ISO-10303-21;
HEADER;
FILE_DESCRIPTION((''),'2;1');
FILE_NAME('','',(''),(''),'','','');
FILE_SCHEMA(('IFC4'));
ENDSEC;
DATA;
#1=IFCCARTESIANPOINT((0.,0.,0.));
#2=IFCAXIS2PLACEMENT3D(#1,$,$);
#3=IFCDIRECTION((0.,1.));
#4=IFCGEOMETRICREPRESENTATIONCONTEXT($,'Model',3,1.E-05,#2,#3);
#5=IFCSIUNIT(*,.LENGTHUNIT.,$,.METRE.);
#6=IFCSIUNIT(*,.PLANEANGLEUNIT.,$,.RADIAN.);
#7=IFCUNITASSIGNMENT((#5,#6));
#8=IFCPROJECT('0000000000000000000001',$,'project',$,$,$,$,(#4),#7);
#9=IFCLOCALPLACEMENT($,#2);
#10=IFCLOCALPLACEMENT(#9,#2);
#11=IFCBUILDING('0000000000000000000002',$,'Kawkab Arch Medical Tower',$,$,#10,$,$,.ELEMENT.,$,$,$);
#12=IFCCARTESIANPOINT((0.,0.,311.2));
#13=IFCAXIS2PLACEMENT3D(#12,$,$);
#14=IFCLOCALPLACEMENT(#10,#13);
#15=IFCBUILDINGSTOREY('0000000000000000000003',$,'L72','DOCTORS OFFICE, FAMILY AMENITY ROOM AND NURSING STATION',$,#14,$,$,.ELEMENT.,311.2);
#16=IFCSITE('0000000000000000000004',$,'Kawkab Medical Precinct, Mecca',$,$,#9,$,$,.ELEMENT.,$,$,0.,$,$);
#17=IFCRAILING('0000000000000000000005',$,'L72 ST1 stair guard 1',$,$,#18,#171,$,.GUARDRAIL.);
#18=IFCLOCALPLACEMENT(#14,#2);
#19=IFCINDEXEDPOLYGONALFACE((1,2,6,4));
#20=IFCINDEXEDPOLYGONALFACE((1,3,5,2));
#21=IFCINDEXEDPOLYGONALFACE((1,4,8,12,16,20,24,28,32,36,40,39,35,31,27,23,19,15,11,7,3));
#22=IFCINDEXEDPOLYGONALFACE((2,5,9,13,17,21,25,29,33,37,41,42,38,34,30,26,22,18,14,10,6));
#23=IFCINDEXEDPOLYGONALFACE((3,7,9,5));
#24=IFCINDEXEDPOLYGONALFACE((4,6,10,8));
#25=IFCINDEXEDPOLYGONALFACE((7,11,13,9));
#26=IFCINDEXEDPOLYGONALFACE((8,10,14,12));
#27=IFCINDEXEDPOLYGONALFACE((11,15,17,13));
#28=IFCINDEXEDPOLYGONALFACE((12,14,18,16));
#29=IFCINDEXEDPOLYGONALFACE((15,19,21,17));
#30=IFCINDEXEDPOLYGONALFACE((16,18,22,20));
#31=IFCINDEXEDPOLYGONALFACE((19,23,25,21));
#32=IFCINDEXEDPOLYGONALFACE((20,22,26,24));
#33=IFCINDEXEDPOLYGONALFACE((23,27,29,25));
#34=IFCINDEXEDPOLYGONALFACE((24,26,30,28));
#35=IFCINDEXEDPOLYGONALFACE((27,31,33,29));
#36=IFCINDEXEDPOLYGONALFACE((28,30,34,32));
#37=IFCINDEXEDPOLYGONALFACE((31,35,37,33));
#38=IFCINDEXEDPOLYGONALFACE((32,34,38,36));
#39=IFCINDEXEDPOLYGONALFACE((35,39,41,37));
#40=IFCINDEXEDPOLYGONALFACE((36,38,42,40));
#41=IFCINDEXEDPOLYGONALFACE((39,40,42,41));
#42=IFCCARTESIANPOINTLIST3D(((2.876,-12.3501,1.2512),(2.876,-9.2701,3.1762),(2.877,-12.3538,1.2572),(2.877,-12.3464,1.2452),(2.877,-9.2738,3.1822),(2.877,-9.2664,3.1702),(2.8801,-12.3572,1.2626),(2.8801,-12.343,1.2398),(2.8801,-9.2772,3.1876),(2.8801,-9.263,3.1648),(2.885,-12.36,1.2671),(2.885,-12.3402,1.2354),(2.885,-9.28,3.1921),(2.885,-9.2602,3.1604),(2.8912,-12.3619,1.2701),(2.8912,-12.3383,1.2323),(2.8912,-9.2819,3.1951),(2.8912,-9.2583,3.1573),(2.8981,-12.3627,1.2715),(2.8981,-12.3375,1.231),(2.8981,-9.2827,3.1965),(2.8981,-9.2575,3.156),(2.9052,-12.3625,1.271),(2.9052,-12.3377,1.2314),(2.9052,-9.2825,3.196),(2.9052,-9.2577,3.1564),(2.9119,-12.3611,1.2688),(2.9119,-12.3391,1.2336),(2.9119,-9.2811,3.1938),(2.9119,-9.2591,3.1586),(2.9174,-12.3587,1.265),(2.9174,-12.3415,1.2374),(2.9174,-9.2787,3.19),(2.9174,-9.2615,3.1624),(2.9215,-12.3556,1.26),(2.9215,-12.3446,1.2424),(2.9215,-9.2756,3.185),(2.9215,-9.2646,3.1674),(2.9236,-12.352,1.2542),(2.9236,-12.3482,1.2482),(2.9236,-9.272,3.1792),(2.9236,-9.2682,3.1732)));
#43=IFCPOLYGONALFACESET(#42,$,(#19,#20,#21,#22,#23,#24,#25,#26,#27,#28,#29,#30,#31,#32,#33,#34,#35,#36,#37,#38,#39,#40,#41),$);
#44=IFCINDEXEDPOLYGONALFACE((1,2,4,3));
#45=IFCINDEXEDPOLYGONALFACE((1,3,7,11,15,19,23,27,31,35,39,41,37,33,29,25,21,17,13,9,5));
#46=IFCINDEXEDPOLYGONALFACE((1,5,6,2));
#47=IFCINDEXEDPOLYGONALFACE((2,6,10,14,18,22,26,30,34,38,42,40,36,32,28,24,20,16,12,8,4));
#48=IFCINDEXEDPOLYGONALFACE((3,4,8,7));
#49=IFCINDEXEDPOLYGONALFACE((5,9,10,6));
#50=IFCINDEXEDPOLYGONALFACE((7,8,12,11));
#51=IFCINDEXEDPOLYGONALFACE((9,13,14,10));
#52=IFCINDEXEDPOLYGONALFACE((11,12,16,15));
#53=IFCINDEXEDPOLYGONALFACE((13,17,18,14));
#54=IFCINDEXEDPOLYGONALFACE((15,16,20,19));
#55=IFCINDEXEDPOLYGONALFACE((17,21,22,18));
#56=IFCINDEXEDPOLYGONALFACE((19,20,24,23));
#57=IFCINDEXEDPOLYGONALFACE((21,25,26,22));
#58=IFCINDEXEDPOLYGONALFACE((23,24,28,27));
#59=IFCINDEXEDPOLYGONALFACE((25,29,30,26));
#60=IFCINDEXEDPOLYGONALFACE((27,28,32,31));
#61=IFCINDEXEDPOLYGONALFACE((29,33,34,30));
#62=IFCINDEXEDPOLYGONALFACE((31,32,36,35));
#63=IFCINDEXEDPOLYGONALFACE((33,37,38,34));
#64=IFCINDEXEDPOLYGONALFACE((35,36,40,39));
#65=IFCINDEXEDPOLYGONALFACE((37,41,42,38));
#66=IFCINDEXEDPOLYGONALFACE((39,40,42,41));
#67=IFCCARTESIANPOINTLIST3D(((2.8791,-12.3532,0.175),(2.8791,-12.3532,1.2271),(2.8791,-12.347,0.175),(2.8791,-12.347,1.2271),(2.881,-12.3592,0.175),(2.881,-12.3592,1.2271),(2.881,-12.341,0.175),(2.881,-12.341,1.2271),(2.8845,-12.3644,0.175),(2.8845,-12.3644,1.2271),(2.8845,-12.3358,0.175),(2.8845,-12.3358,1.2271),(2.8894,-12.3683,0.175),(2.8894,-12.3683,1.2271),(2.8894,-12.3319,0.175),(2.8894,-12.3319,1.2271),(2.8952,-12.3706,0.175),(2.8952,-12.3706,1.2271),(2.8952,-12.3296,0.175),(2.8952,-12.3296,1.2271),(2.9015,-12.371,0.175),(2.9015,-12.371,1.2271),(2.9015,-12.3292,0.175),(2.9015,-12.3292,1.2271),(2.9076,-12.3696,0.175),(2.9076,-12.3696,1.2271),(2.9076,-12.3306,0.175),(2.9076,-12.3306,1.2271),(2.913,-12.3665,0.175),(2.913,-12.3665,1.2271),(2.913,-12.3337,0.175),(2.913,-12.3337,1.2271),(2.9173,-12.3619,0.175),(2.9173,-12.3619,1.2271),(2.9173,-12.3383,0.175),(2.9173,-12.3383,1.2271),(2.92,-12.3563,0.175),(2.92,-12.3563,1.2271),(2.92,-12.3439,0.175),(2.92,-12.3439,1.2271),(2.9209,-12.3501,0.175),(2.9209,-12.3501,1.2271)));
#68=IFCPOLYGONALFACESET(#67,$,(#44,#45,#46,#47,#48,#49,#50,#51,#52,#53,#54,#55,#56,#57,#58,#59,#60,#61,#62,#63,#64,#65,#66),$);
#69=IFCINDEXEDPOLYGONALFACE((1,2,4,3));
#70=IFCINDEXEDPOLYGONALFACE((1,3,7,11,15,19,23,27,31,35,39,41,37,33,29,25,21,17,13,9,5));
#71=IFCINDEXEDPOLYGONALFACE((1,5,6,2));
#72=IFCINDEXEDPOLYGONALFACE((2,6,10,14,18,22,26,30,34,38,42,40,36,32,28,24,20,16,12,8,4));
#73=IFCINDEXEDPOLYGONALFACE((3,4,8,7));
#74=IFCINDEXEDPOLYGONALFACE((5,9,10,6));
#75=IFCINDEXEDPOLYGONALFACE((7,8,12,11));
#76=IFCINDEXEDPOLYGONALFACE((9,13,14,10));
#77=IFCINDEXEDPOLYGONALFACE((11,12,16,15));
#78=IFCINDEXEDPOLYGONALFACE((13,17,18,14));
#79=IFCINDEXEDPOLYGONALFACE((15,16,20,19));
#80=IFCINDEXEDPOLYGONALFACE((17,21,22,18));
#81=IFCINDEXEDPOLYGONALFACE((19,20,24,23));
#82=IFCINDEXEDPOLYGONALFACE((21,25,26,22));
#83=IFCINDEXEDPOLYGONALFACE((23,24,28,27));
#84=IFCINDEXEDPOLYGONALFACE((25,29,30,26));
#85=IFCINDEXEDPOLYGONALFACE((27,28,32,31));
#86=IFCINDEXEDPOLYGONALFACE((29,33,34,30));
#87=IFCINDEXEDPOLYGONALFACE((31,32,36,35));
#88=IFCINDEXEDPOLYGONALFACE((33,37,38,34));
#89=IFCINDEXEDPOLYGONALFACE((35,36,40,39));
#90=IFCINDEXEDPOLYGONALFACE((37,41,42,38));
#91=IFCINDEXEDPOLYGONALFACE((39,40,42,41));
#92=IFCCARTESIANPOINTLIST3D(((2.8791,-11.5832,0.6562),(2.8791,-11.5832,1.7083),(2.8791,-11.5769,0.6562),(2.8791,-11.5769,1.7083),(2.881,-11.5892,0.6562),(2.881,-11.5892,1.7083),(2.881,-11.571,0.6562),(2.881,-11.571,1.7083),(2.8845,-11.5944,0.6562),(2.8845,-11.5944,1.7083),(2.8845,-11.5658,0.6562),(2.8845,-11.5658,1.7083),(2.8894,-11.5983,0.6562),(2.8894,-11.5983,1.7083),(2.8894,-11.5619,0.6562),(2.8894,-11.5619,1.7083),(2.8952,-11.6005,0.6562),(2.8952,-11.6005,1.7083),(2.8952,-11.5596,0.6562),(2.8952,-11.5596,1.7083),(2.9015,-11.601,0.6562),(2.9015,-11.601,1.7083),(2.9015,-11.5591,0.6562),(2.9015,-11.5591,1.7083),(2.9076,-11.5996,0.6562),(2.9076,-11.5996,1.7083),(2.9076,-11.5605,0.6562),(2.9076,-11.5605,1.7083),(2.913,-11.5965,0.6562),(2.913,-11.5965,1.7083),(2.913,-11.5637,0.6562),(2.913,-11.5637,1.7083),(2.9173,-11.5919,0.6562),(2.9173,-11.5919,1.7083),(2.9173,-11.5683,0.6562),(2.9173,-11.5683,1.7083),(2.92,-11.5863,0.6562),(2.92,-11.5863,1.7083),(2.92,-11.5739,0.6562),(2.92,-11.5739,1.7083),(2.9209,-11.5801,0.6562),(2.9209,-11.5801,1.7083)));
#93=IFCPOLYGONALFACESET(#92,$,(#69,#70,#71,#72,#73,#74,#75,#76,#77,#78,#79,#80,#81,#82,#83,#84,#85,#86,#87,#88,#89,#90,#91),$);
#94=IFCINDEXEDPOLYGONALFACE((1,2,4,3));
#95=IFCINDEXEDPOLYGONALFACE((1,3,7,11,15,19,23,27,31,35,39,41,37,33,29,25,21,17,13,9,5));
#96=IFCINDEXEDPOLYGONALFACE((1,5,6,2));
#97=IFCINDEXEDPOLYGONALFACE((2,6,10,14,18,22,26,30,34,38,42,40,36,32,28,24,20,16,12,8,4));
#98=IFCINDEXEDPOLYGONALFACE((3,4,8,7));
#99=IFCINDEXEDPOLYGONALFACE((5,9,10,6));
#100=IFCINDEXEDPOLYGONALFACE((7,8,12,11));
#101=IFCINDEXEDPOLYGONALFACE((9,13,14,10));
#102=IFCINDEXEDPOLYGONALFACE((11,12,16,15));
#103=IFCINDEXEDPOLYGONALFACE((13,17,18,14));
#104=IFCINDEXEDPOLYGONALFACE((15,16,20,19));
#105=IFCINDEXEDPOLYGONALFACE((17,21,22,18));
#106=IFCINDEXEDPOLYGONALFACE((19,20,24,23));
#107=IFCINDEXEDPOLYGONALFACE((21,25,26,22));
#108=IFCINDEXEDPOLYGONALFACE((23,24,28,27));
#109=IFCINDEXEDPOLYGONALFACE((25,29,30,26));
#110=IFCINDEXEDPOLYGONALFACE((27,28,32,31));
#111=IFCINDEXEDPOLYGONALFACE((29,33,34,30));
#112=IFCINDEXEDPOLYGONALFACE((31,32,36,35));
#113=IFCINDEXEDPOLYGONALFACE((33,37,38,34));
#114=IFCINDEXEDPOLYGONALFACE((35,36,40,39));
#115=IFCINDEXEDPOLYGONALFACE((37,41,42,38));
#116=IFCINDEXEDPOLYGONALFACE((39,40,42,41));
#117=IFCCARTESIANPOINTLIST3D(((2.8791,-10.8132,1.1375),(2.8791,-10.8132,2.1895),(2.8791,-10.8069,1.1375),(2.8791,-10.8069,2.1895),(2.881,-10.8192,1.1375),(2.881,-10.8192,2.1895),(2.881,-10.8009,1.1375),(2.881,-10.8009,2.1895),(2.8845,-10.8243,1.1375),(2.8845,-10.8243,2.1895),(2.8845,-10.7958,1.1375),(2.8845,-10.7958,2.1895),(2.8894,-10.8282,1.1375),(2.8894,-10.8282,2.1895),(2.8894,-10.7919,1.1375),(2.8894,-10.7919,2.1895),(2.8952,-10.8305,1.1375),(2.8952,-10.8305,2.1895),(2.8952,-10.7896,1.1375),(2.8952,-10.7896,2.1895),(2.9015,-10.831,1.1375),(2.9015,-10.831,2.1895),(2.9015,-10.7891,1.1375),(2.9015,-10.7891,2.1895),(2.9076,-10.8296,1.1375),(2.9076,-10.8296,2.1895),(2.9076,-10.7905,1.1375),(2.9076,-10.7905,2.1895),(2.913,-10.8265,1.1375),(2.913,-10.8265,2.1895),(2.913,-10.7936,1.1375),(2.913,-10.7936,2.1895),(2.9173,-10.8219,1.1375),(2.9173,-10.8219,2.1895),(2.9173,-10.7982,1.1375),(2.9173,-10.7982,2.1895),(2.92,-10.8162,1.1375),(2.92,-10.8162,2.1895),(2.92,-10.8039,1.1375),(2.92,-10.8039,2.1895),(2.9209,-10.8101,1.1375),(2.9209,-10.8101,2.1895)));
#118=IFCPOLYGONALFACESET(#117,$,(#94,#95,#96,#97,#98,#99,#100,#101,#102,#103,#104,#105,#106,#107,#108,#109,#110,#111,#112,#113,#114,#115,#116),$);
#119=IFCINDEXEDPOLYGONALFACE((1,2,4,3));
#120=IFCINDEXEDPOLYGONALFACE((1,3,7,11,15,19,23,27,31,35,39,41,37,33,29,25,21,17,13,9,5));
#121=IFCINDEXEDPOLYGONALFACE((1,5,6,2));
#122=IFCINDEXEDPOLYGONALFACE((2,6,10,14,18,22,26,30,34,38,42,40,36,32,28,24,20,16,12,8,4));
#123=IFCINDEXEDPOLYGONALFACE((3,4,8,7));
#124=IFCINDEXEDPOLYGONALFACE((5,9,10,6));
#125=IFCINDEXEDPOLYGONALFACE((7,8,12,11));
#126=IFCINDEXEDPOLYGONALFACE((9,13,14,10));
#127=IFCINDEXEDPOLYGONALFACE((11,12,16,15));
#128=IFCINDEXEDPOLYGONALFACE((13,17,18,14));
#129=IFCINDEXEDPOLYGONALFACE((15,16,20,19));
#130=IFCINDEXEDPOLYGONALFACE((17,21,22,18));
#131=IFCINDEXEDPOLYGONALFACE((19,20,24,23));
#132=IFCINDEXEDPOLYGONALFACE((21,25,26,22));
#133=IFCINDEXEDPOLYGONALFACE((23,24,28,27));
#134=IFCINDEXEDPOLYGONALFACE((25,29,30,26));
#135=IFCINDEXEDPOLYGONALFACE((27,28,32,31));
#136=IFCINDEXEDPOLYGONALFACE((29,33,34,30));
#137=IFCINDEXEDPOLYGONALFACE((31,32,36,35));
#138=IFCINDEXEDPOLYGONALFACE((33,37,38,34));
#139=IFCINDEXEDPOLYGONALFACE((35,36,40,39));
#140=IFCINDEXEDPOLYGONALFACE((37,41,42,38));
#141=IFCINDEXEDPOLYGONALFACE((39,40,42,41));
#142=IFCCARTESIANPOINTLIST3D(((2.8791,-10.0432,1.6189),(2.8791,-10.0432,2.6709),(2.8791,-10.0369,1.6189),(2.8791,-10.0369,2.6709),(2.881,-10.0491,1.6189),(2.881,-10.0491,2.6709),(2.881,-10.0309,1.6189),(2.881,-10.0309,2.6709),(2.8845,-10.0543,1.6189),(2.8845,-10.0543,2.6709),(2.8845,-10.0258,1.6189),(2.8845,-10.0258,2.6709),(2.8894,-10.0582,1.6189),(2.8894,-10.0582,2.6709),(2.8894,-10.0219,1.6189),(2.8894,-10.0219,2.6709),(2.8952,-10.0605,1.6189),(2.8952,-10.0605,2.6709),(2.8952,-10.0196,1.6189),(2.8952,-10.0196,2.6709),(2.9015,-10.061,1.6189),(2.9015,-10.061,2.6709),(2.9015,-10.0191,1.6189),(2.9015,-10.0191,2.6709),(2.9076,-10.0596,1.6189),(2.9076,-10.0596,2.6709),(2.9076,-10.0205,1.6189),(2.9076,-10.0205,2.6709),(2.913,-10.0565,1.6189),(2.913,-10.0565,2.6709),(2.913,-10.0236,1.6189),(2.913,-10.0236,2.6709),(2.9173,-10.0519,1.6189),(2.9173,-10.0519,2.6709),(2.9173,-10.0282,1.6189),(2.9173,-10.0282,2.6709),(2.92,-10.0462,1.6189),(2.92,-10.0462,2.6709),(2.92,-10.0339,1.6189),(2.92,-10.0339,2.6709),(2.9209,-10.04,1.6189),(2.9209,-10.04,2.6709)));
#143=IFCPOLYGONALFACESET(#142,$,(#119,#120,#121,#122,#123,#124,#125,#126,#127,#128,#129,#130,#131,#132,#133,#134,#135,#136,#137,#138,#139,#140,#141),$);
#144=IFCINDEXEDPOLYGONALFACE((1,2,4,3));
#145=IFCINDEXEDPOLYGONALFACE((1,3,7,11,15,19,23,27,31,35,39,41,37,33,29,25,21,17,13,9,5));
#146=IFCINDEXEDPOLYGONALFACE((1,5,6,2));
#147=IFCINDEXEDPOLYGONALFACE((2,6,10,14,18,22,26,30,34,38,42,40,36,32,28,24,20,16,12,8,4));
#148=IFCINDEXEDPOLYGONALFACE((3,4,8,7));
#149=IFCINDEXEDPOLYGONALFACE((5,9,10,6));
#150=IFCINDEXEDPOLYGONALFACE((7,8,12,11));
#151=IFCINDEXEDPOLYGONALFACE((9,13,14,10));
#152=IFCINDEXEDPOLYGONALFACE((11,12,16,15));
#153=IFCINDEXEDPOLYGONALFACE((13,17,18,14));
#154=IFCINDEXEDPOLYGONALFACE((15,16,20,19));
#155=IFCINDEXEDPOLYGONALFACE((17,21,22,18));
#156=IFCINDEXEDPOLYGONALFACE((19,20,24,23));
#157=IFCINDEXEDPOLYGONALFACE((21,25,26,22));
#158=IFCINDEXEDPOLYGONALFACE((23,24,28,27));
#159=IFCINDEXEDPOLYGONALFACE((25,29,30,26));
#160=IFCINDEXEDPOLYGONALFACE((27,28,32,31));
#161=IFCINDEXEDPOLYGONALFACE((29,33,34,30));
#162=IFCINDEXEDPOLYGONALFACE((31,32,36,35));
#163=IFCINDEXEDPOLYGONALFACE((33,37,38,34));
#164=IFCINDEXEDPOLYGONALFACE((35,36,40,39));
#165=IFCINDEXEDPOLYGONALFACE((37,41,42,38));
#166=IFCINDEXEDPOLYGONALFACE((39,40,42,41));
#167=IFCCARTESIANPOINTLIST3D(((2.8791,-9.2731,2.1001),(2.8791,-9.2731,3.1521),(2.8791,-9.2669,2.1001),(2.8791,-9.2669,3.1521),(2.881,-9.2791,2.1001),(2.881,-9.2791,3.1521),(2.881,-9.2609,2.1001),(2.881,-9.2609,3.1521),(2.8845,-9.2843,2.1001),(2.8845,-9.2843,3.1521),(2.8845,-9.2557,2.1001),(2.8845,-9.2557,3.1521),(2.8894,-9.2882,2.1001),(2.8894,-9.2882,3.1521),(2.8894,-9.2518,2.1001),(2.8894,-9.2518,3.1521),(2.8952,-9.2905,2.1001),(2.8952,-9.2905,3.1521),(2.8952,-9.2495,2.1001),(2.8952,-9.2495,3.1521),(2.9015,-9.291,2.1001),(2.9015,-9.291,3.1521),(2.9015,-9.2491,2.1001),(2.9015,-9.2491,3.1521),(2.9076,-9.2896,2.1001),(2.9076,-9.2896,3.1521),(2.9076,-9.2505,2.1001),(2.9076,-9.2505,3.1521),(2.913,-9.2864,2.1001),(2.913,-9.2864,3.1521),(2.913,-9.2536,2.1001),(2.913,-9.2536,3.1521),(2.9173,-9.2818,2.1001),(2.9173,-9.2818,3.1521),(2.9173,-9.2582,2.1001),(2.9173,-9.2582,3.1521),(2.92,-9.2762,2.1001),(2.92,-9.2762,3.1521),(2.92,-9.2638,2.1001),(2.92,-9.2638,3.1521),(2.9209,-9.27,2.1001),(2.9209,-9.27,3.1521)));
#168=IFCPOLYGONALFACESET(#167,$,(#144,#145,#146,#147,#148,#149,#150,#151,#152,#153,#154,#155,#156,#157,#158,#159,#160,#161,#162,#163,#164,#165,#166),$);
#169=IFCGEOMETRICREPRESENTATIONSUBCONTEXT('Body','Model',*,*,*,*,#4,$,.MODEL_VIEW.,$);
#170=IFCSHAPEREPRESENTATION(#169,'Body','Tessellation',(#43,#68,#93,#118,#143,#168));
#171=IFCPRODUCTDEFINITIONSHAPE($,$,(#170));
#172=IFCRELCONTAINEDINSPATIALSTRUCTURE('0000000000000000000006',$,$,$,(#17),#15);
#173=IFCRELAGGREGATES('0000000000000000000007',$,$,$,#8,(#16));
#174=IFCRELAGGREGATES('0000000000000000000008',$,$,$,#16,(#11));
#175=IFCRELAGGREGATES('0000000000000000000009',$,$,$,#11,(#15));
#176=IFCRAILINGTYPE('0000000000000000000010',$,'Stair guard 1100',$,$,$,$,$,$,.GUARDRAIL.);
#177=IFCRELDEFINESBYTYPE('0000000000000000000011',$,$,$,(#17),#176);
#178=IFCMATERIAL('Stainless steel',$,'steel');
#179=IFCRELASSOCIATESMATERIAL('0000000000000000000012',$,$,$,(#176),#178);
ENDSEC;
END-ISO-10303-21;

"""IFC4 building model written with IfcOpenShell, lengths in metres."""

from ifc_helpers import new_model, si_unit, direction, frame, origin, origin_2d, place, context, subcontext, project, spatial, circle, extrude, material, type_object, element, save


model = new_model("IFC4")

# Units and contexts
model_context = context("Model", 3, precision=1e-05, world=origin(), true_north=direction((0.0, 1.0)))
body_context = subcontext(model_context, "Body", "Model", "MODEL_VIEW")
ifc_project = project(units=[si_unit("LENGTHUNIT", "METRE"), si_unit("PLANEANGLEUNIT", "RADIAN")], contexts=[model_context])

# Site, building, storey
site_placement = place(None, origin())
site = spatial("IfcSite", under=ifc_project, at=site_placement, Name="Kawkab Medical Precinct, Mecca", CompositionType="ELEMENT", RefElevation=0.0)
building_placement = place(site_placement, origin())
building = spatial("IfcBuilding", under=site, at=building_placement, Name="Kawkab Arch Medical Tower", CompositionType="ELEMENT")
storey_placement = place(building_placement, frame((0.0, 0.0, 311.2)))
storey = spatial("IfcBuildingStorey", under=building, at=storey_placement, Name="L72", Description="DOCTORS OFFICE, FAMILY AMENITY ROOM AND NURSING STATION", CompositionType="ELEMENT", Elevation=311.2)

# Railing
ifc_material_1 = material(Name="Stainless steel", Category="steel")
railing_type = type_object("IfcRailingType", Name="Stair guard 1100", PredefinedType="GUARDRAIL", material=ifc_material_1)
railing_1_placement = place(storey_placement, frame((2.8999, -12.3501, 0.175)))
element("IfcRailing", 1, at=railing_1_placement, inside=storey, type_object=railing_type, Name="L72 ST1 stair guard 1", PredefinedType="GUARDRAIL", context=body_context, shape_type="SweptSolid", body=[
    extrude(circle(Radius=0.0239, at=origin_2d()), frame((0.0, 0.0, 1.0762), z_axis=(0.0, 0.847998, 0.529999), x_axis=(-1.0, 0.0, 0.0)), (0.0, 0.0, 1.0), 3.6321),
    extrude(circle(Radius=0.021, at=origin_2d()), origin(), (0.0, 0.0, 1.0), 1.052),
    extrude(circle(Radius=0.021, at=origin_2d()), frame((0.0, 0.77, 0.4812)), (0.0, 0.0, 1.0), 1.052),
    extrude(circle(Radius=0.021, at=origin_2d()), frame((0.0, 1.54, 0.9624)), (0.0, 0.0, 1.0), 1.052),
    extrude(circle(Radius=0.021, at=origin_2d()), frame((0.0, 2.3101, 1.4438)), (0.0, 0.0, 1.0), 1.052),
    extrude(circle(Radius=0.021, at=origin_2d()), frame((0.0, 3.0801, 1.925)), (0.0, 0.0, 1.0), 1.052),
])

save(model, "model.ifc")
